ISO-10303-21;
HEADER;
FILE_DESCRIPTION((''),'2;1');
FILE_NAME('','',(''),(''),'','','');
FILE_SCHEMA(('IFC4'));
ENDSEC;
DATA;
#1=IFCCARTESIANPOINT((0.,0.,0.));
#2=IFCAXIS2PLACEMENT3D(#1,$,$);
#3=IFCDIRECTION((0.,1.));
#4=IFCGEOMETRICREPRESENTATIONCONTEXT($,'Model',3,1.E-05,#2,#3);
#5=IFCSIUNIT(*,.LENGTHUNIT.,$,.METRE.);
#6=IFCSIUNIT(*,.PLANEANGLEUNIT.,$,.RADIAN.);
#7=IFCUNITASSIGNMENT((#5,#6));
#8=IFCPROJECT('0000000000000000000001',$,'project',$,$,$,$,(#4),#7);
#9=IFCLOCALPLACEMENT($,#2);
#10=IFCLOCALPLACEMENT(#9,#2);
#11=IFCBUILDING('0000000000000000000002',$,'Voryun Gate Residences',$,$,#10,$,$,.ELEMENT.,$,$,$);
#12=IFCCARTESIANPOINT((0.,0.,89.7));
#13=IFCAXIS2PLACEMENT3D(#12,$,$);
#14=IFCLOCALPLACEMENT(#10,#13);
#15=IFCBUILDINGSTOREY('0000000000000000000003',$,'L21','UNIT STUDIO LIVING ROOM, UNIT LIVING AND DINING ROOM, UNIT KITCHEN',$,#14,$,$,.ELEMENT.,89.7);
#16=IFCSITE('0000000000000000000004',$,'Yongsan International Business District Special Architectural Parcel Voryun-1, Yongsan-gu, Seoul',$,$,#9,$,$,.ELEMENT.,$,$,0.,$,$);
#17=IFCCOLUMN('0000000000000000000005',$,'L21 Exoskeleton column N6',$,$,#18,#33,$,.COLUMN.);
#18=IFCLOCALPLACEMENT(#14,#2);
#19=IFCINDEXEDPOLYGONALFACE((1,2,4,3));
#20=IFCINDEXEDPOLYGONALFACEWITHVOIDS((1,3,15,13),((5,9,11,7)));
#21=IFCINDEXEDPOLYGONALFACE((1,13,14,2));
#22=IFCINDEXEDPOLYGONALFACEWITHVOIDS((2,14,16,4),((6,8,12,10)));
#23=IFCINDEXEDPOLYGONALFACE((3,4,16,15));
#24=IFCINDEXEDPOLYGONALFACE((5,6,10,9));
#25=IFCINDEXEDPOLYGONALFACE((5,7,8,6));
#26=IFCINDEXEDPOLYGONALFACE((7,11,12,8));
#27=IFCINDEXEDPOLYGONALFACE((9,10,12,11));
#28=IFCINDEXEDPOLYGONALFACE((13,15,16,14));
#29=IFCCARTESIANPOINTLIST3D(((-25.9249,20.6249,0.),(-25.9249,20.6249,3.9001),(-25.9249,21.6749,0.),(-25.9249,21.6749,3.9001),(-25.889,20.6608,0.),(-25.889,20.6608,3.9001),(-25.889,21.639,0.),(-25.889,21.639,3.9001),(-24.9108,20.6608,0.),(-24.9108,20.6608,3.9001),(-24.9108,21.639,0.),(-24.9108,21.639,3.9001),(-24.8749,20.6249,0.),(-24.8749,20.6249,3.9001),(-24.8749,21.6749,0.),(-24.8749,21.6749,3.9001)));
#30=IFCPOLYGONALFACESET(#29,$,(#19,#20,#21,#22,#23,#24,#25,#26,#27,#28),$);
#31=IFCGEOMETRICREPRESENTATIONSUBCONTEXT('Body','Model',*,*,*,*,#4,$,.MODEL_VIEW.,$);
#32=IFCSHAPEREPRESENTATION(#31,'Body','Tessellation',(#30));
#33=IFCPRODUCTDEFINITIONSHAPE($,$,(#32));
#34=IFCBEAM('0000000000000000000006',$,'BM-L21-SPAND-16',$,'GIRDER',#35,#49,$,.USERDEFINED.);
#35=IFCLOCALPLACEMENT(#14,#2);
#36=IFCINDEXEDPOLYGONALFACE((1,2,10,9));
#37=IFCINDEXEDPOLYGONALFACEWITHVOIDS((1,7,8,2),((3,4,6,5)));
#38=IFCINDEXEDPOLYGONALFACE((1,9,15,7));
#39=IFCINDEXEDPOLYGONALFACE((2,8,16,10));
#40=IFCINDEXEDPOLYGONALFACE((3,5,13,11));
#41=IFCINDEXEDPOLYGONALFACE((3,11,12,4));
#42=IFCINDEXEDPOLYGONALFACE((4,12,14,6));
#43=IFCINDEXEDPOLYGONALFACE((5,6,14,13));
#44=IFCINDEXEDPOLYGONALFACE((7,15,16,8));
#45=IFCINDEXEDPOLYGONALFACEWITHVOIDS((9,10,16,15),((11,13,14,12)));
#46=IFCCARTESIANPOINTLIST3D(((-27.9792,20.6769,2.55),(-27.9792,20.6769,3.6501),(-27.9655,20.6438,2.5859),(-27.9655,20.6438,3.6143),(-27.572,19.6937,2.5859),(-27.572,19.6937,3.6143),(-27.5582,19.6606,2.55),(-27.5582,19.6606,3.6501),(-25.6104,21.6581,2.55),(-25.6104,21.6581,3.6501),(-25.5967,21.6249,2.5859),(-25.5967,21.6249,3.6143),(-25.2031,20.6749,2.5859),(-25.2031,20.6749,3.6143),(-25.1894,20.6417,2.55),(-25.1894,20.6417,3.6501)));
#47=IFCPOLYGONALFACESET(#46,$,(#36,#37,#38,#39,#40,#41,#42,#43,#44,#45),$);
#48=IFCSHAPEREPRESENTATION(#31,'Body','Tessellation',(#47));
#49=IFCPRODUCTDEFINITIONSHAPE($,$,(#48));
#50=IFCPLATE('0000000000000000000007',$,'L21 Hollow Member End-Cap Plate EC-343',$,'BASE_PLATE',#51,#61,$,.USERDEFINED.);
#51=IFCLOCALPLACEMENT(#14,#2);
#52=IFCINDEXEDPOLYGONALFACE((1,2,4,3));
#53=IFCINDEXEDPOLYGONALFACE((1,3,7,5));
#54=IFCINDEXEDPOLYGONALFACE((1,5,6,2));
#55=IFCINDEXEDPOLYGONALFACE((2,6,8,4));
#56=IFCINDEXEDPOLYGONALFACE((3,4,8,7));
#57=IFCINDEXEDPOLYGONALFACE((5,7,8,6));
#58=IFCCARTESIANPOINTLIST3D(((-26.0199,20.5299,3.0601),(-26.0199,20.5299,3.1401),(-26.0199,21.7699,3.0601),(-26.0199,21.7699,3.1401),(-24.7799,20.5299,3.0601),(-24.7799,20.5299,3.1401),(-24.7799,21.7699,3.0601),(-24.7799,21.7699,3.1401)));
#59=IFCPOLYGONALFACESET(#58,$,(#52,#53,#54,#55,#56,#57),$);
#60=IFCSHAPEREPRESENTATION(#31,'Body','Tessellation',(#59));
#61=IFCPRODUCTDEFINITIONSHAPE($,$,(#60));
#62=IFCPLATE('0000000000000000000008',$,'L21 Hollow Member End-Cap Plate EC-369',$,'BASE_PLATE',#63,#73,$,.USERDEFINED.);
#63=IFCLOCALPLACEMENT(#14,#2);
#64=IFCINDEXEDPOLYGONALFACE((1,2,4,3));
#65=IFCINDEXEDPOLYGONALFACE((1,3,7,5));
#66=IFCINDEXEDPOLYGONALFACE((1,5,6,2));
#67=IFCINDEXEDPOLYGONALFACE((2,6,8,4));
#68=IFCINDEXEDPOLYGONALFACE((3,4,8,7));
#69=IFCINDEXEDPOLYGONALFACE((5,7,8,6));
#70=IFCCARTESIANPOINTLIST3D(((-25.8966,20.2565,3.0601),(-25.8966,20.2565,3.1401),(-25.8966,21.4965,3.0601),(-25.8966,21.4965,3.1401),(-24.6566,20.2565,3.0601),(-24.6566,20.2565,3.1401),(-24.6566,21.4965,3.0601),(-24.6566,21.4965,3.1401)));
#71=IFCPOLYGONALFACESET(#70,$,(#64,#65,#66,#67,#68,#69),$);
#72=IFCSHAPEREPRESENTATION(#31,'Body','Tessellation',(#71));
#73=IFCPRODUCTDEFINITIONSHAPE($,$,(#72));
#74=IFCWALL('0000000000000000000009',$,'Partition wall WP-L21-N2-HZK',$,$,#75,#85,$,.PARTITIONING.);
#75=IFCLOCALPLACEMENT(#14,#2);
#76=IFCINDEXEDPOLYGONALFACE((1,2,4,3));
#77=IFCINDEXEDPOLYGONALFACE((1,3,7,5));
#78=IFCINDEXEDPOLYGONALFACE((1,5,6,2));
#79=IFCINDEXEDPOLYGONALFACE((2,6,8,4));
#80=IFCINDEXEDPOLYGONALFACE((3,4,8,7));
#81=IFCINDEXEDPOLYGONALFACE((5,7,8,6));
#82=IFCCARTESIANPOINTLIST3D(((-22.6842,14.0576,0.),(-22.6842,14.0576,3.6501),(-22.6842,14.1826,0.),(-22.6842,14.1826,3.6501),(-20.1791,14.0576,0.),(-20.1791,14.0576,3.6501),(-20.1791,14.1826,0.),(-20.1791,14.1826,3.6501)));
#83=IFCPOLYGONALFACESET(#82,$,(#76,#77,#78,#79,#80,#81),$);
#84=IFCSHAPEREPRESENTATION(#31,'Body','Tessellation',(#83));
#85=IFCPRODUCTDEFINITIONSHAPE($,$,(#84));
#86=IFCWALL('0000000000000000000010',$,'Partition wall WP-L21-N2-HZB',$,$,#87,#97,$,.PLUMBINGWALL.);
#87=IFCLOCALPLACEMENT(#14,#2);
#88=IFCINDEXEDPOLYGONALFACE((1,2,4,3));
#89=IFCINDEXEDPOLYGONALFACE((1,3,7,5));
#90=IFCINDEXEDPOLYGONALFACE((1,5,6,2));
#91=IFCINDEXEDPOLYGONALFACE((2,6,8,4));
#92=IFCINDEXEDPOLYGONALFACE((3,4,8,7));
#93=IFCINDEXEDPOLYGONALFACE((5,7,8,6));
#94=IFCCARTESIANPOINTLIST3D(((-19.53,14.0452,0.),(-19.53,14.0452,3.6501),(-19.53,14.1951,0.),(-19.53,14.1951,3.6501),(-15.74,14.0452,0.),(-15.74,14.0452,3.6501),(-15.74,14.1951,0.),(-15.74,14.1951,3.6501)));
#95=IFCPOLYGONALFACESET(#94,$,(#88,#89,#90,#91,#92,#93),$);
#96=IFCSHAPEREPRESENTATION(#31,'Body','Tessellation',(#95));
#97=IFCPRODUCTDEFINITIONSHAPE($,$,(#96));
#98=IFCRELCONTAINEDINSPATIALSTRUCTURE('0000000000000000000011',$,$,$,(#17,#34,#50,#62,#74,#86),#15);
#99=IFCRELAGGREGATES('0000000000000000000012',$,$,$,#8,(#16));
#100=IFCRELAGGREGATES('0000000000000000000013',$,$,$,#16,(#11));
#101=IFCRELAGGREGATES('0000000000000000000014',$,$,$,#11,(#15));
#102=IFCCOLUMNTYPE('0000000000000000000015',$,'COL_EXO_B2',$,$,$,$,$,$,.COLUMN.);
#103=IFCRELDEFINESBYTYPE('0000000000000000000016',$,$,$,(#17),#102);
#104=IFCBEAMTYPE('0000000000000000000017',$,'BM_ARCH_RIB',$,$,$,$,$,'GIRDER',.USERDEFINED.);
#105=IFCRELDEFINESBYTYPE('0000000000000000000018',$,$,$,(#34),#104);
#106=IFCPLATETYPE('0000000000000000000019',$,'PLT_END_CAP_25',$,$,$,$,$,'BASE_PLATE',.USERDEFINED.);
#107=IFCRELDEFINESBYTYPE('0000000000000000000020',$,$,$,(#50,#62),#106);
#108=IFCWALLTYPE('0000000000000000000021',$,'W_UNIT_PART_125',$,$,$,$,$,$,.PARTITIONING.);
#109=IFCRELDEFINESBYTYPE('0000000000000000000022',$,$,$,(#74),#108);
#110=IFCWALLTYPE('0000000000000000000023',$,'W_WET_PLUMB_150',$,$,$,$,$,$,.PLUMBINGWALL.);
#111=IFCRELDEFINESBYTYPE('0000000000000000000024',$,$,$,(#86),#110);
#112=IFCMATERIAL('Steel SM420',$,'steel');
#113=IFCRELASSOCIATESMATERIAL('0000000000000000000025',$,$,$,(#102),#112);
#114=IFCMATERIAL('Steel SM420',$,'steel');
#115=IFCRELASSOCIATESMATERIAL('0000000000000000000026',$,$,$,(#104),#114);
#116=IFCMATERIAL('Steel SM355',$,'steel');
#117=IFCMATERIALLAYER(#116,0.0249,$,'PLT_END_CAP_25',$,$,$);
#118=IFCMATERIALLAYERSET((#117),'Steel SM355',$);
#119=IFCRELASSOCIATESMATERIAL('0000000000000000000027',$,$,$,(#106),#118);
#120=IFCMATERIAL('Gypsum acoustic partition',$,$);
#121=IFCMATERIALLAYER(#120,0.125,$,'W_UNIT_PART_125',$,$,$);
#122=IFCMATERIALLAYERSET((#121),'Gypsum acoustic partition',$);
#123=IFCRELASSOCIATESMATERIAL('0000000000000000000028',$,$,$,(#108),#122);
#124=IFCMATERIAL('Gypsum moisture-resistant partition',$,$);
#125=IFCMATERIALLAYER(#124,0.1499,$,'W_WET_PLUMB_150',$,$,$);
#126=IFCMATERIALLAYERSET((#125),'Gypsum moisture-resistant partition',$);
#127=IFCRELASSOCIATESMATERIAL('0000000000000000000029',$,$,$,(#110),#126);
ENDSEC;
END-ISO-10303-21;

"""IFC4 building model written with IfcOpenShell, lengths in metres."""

from ifc_helpers import new_model, si_unit, direction, frame, frame_2d, origin, origin_2d, place, context, subcontext, project, spatial, rectangle, hollow_rectangle, extrude, material, layer, layer_set, material_profile, profile_set, type_object, element, save


model = new_model("IFC4")

# Units and contexts
model_context = context("Model", 3, precision=1e-05, world=origin(), true_north=direction((0.0, 1.0)))
body_context = subcontext(model_context, "Body", "Model", "MODEL_VIEW")
ifc_project = project(units=[si_unit("LENGTHUNIT", "METRE"), si_unit("PLANEANGLEUNIT", "RADIAN")], contexts=[model_context])

# Site, building, storey
site_placement = place(None, origin())
site = spatial("IfcSite", under=ifc_project, at=site_placement, Name="Yongsan International Business District Special Architectural Parcel Voryun-1, Yongsan-gu, Seoul", CompositionType="ELEMENT", RefElevation=0.0)
building_placement = place(site_placement, origin())
building = spatial("IfcBuilding", under=site, at=building_placement, Name="Voryun Gate Residences", CompositionType="ELEMENT")
storey_placement = place(building_placement, frame((0.0, 0.0, 89.7)))
storey = spatial("IfcBuildingStorey", under=building, at=storey_placement, Name="L21", Description="UNIT STUDIO LIVING ROOM, UNIT LIVING AND DINING ROOM, UNIT KITCHEN", CompositionType="ELEMENT", Elevation=89.7)

# Column
ifc_material_1 = material(Name="Steel SM420", Category="steel")
ifc_material_profile_1 = material_profile(ifc_material_1, hollow_rectangle(XDim=1.05, YDim=1.05, WallThickness=0.0359, at=origin_2d()), Name="BOX-1050x1050x36")
ifc_profile_set_1 = profile_set([ifc_material_profile_1], Name="Steel SM420")
column_type = type_object("IfcColumnType", Name="COL_EXO_B2", PredefinedType="COLUMN", material=ifc_profile_set_1)
column_placement = place(storey_placement, frame((-25.3999, 21.1499, 0.0), z_axis=(0.0, 0.0, 1.0), x_axis=(1.0, 0.0, 0.0)))
element("IfcColumn", 1, at=column_placement, inside=storey, type_object=column_type, Name="L21 Exoskeleton column N6", PredefinedType="COLUMN", context=body_context, shape_type="SweptSolid", body=[
    extrude(hollow_rectangle(XDim=1.05, YDim=1.05, WallThickness=0.0359, at=origin_2d()), origin(), (0.0, 0.0, 1.0), 3.9001),
])

# Beam
ifc_material_2 = material(Name="Steel SM420", Category="steel")
ifc_material_profile_2 = material_profile(ifc_material_2, hollow_rectangle(XDim=1.1001, YDim=1.1001, WallThickness=0.0359, at=origin_2d()), Name="BOX-1100x1100x36")
ifc_profile_set_2 = profile_set([ifc_material_profile_2], Name="Steel SM420")
beam_type = type_object("IfcBeamType", Name="BM_ARCH_RIB", ElementType="GIRDER", PredefinedType="USERDEFINED", material=ifc_profile_set_2)
beam_placement = place(storey_placement, frame((-25.3999, 21.1499, 3.1001), z_axis=(-0.923883, -0.382674, 0.0), x_axis=(0.382674, -0.923883, 0.0)))
element("IfcBeam", 2, at=beam_placement, inside=storey, type_object=beam_type, Name="BM-L21-SPAND-16", ObjectType="GIRDER", PredefinedType="USERDEFINED", context=body_context, shape_type="SweptSolid", body=[
    extrude(hollow_rectangle(XDim=1.1001, YDim=1.1001, WallThickness=0.0359, at=origin_2d()), origin(), (0.0, 0.0, 1.0), 2.564),
])

# Plates
ifc_material_3 = material(Name="Steel SM355", Category="steel")
ifc_layer_1 = layer(ifc_material_3, 0.0249, Name="PLT_END_CAP_25")
ifc_layer_set_1 = layer_set([ifc_layer_1], Name="Steel SM355")
plate_type = type_object("IfcPlateType", Name="PLT_END_CAP_25", ElementType="BASE_PLATE", PredefinedType="USERDEFINED", material=ifc_layer_set_1)
for number, where, z_axis, x_axis, name in (
    (3, (-25.3999, 21.1499, 3.0601), (0.0, 0.0, 1.0), (1.0, 0.0, 0.0), "L21 Hollow Member End-Cap Plate EC-343"),
    (4, (-25.2766, 20.8765, 3.0601), (0.0, 0.0, 1.0), (1.0, 0.0, 0.0), "L21 Hollow Member End-Cap Plate EC-369"),
):
    element("IfcPlate", number, at=place(storey_placement, frame(where, z_axis=z_axis, x_axis=x_axis)), inside=storey, type_object=plate_type, Name=name, ObjectType="BASE_PLATE", PredefinedType="USERDEFINED", context=body_context, shape_type="SweptSolid", body=[
        extrude(rectangle(XDim=1.24, YDim=1.24, at=origin_2d()), origin(), (0.0, 0.0, 1.0), 0.0801),
    ])

# Walls
ifc_material_4 = material(Name="Gypsum acoustic partition")
ifc_layer_2 = layer(ifc_material_4, 0.125, Name="W_UNIT_PART_125")
ifc_layer_set_2 = layer_set([ifc_layer_2], Name="Gypsum acoustic partition")
wall_type_1 = type_object("IfcWallType", Name="W_UNIT_PART_125", PredefinedType="PARTITIONING", material=ifc_layer_set_2)
wall_1_placement = place(storey_placement, frame((-22.6841, 14.1201, 0.0), z_axis=(0.0, 0.0, 1.0), x_axis=(1.0, 0.0, 0.0)))
element("IfcWall", 5, at=wall_1_placement, inside=storey, type_object=wall_type_1, Name="Partition wall WP-L21-N2-HZK", PredefinedType="PARTITIONING", context=body_context, shape_type="SweptSolid", body=[
    extrude(rectangle(XDim=2.5051, YDim=0.125, at=frame_2d((1.2524, 0.0))), origin(), (0.0, 0.0, 1.0), 3.6501),
])
ifc_material_5 = material(Name="Gypsum moisture-resistant partition")
ifc_layer_3 = layer(ifc_material_5, 0.1499, Name="W_WET_PLUMB_150")
ifc_layer_set_3 = layer_set([ifc_layer_3], Name="Gypsum moisture-resistant partition")
wall_type_2 = type_object("IfcWallType", Name="W_WET_PLUMB_150", PredefinedType="PLUMBINGWALL", material=ifc_layer_set_3)
wall_2_placement = place(storey_placement, frame((-19.53, 14.1201, 0.0), z_axis=(0.0, 0.0, 1.0), x_axis=(1.0, 0.0, 0.0)))
element("IfcWall", 6, at=wall_2_placement, inside=storey, type_object=wall_type_2, Name="Partition wall WP-L21-N2-HZB", PredefinedType="PLUMBINGWALL", context=body_context, shape_type="SweptSolid", body=[
    extrude(rectangle(XDim=3.79, YDim=0.1499, at=frame_2d((1.895, 0.0))), origin(), (0.0, 0.0, 1.0), 3.6501),
])

save(model, "model.ifc")
